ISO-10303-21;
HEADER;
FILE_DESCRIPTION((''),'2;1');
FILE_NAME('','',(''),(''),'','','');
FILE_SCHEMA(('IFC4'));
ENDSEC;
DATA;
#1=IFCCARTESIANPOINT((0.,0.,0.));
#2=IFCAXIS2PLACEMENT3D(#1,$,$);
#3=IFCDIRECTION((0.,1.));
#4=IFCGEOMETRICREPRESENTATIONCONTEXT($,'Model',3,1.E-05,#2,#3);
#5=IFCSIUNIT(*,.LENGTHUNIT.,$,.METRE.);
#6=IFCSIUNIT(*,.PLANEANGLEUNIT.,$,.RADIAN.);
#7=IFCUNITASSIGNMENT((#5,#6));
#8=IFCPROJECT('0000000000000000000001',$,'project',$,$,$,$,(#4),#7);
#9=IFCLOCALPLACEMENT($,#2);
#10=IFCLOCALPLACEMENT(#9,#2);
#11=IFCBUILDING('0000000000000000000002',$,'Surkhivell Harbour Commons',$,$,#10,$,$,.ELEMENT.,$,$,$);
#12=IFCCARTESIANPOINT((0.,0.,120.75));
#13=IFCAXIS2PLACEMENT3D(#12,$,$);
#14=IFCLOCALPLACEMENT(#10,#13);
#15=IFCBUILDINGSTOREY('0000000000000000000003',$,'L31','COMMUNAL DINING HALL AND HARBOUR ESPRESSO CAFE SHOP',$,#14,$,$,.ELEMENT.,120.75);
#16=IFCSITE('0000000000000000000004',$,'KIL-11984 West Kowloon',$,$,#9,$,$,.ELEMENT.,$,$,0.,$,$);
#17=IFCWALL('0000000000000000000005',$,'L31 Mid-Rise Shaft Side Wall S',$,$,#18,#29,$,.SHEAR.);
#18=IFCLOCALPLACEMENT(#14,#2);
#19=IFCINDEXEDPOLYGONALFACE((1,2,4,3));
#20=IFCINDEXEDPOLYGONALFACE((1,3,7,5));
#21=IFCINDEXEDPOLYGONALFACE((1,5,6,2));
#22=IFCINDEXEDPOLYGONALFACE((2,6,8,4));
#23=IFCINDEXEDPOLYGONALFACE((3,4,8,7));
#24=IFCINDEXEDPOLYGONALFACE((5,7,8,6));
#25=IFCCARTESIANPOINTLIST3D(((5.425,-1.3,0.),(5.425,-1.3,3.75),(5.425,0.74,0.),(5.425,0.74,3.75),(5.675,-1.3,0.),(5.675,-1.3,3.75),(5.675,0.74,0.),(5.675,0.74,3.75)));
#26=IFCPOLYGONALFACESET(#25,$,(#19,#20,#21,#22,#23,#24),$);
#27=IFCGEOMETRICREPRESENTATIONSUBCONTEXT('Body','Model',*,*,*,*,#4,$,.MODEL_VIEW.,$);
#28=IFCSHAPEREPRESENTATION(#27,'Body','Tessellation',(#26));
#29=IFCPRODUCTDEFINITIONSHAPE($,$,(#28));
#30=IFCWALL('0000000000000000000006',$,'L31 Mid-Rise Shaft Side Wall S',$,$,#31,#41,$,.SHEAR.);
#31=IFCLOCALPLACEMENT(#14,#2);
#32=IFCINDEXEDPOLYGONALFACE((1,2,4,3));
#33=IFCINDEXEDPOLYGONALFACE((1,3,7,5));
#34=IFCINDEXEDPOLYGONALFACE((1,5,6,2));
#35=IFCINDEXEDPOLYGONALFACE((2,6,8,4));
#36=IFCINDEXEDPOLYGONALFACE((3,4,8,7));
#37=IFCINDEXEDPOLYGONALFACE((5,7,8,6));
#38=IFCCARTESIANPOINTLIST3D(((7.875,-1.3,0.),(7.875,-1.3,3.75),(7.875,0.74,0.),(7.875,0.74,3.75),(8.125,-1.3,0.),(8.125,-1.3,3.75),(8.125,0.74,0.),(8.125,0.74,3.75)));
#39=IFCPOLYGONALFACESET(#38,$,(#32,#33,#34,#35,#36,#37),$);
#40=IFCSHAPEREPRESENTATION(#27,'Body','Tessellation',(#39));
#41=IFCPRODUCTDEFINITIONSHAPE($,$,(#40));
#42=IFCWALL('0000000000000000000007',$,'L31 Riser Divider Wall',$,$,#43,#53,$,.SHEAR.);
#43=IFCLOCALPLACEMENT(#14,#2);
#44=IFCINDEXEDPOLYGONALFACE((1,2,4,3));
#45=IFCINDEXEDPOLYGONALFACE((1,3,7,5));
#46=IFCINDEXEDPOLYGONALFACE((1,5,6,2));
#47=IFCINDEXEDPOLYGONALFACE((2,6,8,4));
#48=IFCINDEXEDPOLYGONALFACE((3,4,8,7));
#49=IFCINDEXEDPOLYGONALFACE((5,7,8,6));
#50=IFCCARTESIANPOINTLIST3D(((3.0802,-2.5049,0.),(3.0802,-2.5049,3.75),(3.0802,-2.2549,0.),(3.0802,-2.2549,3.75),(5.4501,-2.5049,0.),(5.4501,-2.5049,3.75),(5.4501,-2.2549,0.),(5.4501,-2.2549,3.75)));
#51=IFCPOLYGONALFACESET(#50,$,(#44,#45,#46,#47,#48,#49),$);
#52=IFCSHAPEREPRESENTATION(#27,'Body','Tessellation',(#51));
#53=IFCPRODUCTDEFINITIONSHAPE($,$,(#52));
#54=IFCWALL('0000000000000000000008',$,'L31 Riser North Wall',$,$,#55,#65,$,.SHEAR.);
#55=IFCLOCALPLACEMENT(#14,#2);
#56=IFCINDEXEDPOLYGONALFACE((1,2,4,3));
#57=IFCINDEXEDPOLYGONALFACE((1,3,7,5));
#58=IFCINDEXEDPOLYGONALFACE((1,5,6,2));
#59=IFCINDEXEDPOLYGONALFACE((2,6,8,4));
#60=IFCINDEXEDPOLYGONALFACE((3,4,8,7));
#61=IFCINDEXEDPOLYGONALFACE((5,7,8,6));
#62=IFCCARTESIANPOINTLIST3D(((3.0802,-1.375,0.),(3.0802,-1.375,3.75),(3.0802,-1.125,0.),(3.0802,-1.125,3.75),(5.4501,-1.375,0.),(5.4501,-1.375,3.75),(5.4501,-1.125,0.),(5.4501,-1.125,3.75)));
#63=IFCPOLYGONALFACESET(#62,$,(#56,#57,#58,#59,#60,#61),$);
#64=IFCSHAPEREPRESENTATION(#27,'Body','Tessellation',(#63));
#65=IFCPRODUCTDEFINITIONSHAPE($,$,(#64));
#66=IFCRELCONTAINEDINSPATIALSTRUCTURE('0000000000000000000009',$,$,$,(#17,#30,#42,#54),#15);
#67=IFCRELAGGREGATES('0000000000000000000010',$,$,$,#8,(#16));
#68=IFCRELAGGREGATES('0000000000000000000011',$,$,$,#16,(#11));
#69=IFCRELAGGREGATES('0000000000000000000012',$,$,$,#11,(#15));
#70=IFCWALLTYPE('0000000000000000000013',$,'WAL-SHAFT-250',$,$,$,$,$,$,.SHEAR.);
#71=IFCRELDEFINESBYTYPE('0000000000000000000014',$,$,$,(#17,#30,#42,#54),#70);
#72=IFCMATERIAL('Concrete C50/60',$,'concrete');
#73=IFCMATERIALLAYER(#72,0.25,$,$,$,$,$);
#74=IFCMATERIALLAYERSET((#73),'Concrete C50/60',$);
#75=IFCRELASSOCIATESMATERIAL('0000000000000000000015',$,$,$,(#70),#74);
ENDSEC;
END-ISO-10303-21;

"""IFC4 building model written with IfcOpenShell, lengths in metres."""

from ifc_helpers import new_model, si_unit, direction, frame, frame_2d, origin, place, context, subcontext, project, spatial, rectangle, extrude, material, layer, layer_set, type_object, element, save


model = new_model("IFC4")

# Units and contexts
model_context = context("Model", 3, precision=1e-05, world=origin(), true_north=direction((0.0, 1.0)))
body_context = subcontext(model_context, "Body", "Model", "MODEL_VIEW")
ifc_project = project(units=[si_unit("LENGTHUNIT", "METRE"), si_unit("PLANEANGLEUNIT", "RADIAN")], contexts=[model_context])

# Site, building, storey
site_placement = place(None, origin())
site = spatial("IfcSite", under=ifc_project, at=site_placement, Name="KIL-11984 West Kowloon", CompositionType="ELEMENT", RefElevation=0.0)
building_placement = place(site_placement, origin())
building = spatial("IfcBuilding", under=site, at=building_placement, Name="Surkhivell Harbour Commons", CompositionType="ELEMENT")
storey_placement = place(building_placement, frame((0.0, 0.0, 120.75)))
storey = spatial("IfcBuildingStorey", under=building, at=storey_placement, Name="L31", Description="COMMUNAL DINING HALL AND HARBOUR ESPRESSO CAFE SHOP", CompositionType="ELEMENT", Elevation=120.75)

# Shared definitions
ifc_material_1 = material(Name="Concrete C50/60", Category="concrete")
ifc_layer_1 = layer(ifc_material_1, 0.25)
ifc_layer_set_1 = layer_set([ifc_layer_1], Name="Concrete C50/60")
wall_type_1 = type_object("IfcWallType", Name="WAL-SHAFT-250", PredefinedType="SHEAR", material=ifc_layer_set_1)

# Walls
for number, where, z_axis, x_axis, name in (
    (1, (5.55, -1.3, 0.0), (0.0, 0.0, 1.0), (0.0, 1.0, 0.0), "L31 Mid-Rise Shaft Side Wall S"),
    (2, (8.0, -1.3, 0.0), (0.0, 0.0, 1.0), (0.0, 1.0, 0.0), "L31 Mid-Rise Shaft Side Wall S"),
):
    element("IfcWall", number, at=place(storey_placement, frame(where, z_axis=z_axis, x_axis=x_axis)), inside=storey, type_object=wall_type_1, Name=name, PredefinedType="SHEAR", context=body_context, shape_type="SweptSolid", body=[
        extrude(rectangle(XDim=2.04, YDim=0.25, at=frame_2d((1.02, 0.0))), origin(), (0.0, 0.0, 1.0), 3.75),
    ])
for number, where, z_axis, x_axis, name in (
    (3, (3.0801, -2.3799, 0.0), (0.0, 0.0, 1.0), (1.0, 0.0, 0.0), "L31 Riser Divider Wall"),
    (4, (3.0801, -1.25, 0.0), (0.0, 0.0, 1.0), (1.0, 0.0, 0.0), "L31 Riser North Wall"),
):
    element("IfcWall", number, at=place(storey_placement, frame(where, z_axis=z_axis, x_axis=x_axis)), inside=storey, type_object=wall_type_1, Name=name, PredefinedType="SHEAR", context=body_context, shape_type="SweptSolid", body=[
        extrude(rectangle(XDim=2.3699, YDim=0.25, at=frame_2d((1.1851, 0.0))), origin(), (0.0, 0.0, 1.0), 3.75),
    ])

save(model, "model.ifc")
